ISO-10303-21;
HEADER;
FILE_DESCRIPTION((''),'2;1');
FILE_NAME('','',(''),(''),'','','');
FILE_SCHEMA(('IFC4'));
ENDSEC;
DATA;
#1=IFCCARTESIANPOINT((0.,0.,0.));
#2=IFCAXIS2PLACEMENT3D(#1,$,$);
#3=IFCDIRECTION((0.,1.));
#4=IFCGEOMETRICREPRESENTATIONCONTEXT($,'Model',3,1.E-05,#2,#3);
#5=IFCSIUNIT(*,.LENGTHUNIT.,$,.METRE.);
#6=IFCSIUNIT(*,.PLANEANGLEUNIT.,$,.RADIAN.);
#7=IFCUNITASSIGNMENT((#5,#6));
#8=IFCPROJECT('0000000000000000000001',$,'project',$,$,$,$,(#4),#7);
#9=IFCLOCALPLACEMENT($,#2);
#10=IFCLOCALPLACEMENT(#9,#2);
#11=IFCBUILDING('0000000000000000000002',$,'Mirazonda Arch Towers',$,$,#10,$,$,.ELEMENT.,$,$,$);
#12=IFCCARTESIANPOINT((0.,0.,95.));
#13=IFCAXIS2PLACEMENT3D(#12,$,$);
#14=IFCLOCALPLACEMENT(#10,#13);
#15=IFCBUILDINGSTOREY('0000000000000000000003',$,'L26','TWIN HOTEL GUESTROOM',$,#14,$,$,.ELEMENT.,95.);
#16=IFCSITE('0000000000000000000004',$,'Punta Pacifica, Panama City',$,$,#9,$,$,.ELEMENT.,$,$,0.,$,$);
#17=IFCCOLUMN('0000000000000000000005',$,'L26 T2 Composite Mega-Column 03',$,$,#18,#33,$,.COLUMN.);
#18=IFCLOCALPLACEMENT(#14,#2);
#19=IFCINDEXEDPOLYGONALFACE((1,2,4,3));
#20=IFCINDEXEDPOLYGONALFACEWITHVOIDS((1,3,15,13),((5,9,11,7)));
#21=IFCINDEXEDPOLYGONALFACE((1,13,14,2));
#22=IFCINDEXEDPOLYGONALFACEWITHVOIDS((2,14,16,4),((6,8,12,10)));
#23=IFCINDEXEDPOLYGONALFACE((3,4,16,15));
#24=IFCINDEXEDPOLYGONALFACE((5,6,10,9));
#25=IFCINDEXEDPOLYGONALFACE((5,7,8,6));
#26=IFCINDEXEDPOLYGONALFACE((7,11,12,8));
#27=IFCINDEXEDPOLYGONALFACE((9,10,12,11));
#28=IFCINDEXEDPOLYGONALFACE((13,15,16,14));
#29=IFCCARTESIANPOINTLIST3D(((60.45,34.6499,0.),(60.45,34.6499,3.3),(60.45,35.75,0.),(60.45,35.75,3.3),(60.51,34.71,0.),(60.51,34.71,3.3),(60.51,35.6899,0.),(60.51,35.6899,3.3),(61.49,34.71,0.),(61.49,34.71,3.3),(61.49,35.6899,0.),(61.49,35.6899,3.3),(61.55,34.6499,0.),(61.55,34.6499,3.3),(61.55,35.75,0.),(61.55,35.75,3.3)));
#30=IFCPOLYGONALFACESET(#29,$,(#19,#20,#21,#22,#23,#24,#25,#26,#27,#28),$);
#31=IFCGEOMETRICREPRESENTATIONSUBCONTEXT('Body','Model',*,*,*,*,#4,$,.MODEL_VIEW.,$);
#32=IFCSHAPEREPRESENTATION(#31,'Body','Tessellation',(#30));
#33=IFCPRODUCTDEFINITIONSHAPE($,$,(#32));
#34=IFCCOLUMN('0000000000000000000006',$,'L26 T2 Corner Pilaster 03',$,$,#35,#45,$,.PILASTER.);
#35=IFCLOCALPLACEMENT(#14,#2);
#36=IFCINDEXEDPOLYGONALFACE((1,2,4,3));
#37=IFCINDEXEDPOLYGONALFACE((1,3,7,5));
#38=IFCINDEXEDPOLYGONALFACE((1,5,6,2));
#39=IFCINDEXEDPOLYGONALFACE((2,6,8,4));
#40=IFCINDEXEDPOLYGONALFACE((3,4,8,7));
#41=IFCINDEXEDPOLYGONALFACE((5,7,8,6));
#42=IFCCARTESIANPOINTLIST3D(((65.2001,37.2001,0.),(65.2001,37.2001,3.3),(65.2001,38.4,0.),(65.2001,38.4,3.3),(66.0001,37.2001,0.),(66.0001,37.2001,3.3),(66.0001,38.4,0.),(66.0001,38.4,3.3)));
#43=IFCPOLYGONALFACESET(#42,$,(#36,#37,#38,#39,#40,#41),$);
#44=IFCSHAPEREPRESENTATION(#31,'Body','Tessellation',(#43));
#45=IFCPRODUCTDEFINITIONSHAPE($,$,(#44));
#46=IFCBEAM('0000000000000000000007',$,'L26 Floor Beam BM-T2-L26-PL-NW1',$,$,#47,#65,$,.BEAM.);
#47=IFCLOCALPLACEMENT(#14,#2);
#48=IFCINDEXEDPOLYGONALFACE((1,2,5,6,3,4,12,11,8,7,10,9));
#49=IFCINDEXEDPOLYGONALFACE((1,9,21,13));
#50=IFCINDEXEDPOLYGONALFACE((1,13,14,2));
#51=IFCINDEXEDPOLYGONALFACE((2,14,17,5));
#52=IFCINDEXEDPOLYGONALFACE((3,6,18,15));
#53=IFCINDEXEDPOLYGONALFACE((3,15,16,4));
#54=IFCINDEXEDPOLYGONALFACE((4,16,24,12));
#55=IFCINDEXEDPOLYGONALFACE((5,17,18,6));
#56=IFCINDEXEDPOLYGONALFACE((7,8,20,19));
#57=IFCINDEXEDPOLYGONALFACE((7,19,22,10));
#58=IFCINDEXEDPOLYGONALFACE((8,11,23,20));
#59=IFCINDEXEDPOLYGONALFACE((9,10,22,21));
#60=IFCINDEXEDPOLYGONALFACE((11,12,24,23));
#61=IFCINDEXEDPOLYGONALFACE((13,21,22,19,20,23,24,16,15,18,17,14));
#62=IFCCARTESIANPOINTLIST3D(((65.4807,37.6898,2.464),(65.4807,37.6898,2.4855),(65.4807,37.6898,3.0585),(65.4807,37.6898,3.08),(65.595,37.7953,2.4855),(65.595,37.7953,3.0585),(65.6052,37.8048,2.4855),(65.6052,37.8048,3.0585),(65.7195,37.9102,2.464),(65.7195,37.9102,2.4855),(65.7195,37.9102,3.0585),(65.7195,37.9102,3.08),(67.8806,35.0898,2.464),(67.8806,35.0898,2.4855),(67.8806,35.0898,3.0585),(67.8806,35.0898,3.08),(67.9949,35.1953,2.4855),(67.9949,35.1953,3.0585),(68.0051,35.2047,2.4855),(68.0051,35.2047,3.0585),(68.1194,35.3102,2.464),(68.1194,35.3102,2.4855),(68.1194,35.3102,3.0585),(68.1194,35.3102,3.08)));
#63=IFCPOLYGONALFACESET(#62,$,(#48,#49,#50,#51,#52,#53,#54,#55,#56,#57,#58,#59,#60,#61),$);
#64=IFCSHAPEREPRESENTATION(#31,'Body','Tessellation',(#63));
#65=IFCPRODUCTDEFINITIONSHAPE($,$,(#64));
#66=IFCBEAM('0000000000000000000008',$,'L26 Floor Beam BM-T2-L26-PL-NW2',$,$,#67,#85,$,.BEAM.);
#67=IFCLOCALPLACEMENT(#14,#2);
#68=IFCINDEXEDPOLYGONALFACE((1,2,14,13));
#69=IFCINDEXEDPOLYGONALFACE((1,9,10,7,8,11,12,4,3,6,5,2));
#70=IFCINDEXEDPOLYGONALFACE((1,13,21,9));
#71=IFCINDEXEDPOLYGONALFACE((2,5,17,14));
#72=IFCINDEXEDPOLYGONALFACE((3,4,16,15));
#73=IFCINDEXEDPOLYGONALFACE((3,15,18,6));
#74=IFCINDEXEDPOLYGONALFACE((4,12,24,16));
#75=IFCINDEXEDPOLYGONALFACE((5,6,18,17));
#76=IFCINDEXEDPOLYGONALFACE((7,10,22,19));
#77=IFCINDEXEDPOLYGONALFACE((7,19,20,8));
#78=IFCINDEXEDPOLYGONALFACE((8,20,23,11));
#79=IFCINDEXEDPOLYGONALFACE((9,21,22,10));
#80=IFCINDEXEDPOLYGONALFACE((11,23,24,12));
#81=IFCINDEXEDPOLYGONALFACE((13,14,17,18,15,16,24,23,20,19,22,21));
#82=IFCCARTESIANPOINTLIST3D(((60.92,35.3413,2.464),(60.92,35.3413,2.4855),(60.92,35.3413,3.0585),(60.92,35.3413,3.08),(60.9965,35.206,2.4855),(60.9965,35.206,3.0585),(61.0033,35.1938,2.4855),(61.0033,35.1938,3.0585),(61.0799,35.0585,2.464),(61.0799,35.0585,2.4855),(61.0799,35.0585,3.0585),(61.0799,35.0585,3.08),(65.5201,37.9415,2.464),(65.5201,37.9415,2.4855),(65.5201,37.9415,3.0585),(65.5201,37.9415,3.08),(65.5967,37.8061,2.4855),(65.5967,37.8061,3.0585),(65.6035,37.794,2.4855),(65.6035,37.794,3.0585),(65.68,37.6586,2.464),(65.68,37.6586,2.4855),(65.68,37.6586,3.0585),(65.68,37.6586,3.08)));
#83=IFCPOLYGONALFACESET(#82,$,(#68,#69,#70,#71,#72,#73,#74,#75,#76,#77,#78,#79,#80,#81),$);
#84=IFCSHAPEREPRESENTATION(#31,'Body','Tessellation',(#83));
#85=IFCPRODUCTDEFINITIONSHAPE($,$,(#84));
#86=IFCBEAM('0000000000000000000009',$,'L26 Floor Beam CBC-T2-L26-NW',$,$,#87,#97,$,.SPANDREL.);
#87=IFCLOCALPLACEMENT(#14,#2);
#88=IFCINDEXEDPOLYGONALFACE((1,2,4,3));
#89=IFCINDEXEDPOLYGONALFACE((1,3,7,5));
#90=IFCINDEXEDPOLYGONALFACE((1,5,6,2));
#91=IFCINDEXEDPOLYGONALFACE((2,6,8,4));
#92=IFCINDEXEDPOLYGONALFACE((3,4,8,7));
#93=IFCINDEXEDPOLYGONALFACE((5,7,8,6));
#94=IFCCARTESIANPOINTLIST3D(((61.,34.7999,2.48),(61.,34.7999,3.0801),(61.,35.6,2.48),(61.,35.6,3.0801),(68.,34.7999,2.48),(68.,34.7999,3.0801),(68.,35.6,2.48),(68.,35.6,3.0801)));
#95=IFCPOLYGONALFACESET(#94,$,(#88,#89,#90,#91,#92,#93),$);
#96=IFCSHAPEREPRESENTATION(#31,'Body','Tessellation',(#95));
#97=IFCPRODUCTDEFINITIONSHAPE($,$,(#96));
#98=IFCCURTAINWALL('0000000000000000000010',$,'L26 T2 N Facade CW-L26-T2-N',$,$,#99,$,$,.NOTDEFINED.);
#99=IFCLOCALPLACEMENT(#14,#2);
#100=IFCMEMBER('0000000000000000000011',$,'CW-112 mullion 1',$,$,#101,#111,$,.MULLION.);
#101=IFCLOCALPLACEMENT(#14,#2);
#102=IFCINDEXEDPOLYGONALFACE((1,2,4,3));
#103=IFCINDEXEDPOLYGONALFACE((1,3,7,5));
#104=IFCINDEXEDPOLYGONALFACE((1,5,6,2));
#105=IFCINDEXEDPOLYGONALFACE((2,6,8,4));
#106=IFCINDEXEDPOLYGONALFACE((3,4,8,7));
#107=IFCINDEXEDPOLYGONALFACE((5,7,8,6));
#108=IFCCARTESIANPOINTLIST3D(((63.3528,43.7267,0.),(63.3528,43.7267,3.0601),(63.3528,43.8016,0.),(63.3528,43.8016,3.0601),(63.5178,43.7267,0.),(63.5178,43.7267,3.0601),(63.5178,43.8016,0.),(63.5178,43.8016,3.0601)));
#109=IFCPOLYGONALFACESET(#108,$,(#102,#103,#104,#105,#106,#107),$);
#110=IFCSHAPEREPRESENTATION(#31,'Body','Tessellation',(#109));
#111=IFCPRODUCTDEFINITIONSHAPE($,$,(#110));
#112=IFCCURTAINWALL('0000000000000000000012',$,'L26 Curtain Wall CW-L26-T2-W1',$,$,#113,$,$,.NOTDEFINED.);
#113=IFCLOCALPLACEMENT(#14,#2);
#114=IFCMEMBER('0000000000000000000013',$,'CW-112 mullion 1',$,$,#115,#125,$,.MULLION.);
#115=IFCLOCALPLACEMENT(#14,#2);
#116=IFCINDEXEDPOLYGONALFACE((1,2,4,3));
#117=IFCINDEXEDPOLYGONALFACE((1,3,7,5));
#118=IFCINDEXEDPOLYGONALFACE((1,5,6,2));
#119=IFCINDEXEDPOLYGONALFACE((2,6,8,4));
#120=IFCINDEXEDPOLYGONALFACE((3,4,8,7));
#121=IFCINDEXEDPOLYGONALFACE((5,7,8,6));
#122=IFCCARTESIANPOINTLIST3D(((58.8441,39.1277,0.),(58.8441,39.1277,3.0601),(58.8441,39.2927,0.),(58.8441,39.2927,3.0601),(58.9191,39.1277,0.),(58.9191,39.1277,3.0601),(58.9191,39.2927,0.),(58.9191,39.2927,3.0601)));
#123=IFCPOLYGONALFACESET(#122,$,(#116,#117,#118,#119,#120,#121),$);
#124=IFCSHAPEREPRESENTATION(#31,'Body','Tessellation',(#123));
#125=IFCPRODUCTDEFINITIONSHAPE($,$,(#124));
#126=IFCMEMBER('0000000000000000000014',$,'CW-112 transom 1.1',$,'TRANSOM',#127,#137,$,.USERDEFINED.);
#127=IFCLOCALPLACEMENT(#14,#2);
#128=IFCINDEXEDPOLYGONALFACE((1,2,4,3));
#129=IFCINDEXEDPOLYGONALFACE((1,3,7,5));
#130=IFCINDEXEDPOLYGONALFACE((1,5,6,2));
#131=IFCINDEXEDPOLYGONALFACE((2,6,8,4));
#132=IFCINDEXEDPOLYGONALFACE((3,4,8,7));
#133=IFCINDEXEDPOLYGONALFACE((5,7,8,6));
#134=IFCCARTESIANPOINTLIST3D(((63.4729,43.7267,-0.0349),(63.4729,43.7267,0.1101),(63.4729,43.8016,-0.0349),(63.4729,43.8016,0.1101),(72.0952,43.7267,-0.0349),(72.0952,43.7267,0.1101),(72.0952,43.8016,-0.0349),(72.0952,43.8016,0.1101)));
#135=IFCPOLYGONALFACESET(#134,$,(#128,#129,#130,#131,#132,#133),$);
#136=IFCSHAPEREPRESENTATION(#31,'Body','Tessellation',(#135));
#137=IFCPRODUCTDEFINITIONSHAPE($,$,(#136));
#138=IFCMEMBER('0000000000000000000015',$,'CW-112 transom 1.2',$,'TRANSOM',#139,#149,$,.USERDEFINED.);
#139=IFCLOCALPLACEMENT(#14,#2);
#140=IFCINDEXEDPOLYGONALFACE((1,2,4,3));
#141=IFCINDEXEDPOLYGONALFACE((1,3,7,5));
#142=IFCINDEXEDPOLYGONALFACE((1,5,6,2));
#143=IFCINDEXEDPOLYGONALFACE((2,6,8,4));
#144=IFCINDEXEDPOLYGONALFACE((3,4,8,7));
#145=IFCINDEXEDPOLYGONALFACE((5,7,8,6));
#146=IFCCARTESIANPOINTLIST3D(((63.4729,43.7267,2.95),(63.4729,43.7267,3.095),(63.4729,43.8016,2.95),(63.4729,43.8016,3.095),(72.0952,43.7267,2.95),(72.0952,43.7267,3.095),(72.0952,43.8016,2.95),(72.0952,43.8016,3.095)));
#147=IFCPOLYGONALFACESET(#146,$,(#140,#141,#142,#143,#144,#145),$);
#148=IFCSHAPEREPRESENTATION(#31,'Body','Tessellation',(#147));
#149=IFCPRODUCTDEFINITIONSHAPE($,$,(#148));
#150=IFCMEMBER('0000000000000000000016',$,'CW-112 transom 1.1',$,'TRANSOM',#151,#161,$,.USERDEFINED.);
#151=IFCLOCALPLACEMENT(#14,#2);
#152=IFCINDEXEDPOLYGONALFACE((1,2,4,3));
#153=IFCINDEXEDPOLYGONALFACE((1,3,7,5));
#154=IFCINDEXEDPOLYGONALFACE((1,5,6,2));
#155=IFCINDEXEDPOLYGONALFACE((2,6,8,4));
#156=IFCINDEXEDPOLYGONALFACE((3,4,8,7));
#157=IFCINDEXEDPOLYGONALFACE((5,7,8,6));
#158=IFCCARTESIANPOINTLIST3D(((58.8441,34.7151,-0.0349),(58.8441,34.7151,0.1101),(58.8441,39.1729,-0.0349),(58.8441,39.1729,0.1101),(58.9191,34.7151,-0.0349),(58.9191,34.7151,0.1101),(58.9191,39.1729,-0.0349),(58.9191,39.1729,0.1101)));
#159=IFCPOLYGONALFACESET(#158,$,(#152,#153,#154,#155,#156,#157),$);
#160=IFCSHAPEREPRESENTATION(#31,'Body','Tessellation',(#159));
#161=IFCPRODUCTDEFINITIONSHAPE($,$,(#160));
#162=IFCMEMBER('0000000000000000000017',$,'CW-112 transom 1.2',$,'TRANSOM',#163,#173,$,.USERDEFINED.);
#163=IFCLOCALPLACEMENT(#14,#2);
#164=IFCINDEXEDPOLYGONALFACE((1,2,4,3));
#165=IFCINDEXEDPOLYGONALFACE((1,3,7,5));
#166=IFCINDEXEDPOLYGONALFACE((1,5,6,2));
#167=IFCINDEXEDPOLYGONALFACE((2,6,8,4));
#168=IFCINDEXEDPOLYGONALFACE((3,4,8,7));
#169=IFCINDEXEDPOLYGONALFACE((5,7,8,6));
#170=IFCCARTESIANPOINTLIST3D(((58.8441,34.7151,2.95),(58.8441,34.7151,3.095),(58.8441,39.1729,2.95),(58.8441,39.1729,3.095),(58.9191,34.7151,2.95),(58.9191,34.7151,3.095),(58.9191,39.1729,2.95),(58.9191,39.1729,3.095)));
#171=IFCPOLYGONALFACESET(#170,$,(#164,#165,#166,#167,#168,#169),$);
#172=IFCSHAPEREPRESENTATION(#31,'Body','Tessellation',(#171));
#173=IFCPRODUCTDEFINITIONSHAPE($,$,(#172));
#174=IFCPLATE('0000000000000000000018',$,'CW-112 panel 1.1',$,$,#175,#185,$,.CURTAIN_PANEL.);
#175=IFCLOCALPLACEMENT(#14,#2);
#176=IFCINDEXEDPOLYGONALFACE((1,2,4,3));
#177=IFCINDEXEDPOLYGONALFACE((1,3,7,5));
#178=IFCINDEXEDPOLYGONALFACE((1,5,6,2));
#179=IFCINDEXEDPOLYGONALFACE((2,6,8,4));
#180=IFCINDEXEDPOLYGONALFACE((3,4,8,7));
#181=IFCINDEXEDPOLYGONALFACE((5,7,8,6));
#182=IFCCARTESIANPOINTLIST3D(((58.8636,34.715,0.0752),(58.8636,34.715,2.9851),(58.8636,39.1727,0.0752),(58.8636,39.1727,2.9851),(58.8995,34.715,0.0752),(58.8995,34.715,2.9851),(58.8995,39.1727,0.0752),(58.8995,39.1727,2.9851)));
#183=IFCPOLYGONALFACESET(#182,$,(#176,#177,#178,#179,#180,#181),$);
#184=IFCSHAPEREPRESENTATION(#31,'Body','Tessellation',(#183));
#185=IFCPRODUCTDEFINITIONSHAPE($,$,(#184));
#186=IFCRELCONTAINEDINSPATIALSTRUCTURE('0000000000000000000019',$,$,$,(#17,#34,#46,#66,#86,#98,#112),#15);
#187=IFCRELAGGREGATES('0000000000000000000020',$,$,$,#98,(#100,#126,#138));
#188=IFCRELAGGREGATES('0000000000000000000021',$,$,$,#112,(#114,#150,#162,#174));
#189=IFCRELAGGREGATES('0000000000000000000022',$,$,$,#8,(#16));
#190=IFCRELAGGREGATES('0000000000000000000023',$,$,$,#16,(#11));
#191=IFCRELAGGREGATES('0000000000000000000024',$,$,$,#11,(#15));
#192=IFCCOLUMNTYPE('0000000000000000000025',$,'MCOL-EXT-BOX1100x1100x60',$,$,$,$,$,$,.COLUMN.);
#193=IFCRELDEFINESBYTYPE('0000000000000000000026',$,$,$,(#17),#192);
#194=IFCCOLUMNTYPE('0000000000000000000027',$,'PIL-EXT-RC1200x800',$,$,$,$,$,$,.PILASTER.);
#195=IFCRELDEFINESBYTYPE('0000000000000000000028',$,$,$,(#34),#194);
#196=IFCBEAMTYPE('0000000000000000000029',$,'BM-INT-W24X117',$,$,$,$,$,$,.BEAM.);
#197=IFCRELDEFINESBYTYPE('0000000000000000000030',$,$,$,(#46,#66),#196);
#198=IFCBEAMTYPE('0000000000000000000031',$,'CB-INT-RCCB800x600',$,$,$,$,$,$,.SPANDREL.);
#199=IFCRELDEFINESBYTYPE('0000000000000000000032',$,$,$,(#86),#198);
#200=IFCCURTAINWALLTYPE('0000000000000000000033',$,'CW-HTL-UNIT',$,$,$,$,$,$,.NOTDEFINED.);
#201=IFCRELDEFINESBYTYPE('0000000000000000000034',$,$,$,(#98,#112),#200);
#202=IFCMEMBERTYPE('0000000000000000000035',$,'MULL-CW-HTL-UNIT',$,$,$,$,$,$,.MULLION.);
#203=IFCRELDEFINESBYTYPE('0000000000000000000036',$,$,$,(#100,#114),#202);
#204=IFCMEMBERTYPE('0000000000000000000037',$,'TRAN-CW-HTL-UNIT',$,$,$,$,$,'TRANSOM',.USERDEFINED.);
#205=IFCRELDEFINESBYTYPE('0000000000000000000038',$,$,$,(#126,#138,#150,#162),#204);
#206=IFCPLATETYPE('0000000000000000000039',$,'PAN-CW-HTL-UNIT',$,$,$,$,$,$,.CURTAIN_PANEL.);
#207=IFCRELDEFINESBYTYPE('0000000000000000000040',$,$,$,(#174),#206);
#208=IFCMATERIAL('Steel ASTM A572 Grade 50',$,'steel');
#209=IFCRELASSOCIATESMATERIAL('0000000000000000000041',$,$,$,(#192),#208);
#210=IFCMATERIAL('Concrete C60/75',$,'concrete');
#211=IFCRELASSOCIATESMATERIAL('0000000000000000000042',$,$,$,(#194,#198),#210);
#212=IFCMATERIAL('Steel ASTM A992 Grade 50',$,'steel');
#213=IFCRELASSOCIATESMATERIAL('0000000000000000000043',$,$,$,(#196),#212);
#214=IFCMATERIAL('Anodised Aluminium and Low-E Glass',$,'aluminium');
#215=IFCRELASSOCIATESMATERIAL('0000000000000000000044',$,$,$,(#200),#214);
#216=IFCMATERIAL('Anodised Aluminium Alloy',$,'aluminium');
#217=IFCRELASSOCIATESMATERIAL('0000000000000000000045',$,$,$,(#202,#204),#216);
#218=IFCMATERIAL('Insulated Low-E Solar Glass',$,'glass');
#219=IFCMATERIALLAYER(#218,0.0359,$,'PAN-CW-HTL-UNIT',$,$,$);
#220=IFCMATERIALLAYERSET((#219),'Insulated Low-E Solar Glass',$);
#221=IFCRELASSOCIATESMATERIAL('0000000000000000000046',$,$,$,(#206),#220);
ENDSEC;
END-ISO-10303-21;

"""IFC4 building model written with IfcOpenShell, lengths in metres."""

from ifc_helpers import new_model, si_unit, direction, frame, origin, origin_2d, place, context, subcontext, project, spatial, rectangle, hollow_rectangle, i_section, extrude, material, layer, layer_set, material_profile, profile_set, type_object, element, aggregate, save


model = new_model("IFC4")

# Units and contexts
model_context = context("Model", 3, precision=1e-05, world=origin(), true_north=direction((0.0, 1.0)))
body_context = subcontext(model_context, "Body", "Model", "MODEL_VIEW")
ifc_project = project(units=[si_unit("LENGTHUNIT", "METRE"), si_unit("PLANEANGLEUNIT", "RADIAN")], contexts=[model_context])

# Site, building, storey
site_placement = place(None, origin())
site = spatial("IfcSite", under=ifc_project, at=site_placement, Name="Punta Pacifica, Panama City", CompositionType="ELEMENT", RefElevation=0.0)
building_placement = place(site_placement, origin())
building = spatial("IfcBuilding", under=site, at=building_placement, Name="Mirazonda Arch Towers", CompositionType="ELEMENT")
storey_placement = place(building_placement, frame((0.0, 0.0, 95.0)))
storey = spatial("IfcBuildingStorey", under=building, at=storey_placement, Name="L26", Description="TWIN HOTEL GUESTROOM", CompositionType="ELEMENT", Elevation=95.0)

# Columns
ifc_material_1 = material(Name="Steel ASTM A572 Grade 50", Category="steel")
ifc_material_profile_1 = material_profile(ifc_material_1, hollow_rectangle(XDim=1.1001, YDim=1.1001, WallThickness=0.0601, at=origin_2d()), Name="BOX1100x1100x60")
ifc_profile_set_1 = profile_set([ifc_material_profile_1], Name="Steel ASTM A572 Grade 50")
column_type_1 = type_object("IfcColumnType", Name="MCOL-EXT-BOX1100x1100x60", PredefinedType="COLUMN", material=ifc_profile_set_1)
column_1_placement = place(storey_placement, frame((61.0, 35.2, 0.0), z_axis=(0.0, 0.0, 1.0), x_axis=(1.0, 0.0, 0.0)))
element("IfcColumn", 1, at=column_1_placement, inside=storey, type_object=column_type_1, Name="L26 T2 Composite Mega-Column 03", PredefinedType="COLUMN", context=body_context, shape_type="SweptSolid", body=[
    extrude(hollow_rectangle(XDim=1.1001, YDim=1.1001, WallThickness=0.0601, at=origin_2d()), origin(), (0.0, 0.0, 1.0), 3.3),
])
ifc_material_2 = material(Name="Concrete C60/75", Category="concrete")
ifc_material_profile_2 = material_profile(ifc_material_2, rectangle(XDim=0.8, YDim=1.2, at=origin_2d()), Name="RC1200x800")
ifc_profile_set_2 = profile_set([ifc_material_profile_2], Name="Concrete C60/75")
column_type_2 = type_object("IfcColumnType", Name="PIL-EXT-RC1200x800", PredefinedType="PILASTER", material=ifc_profile_set_2)
column_2_placement = place(storey_placement, frame((65.6001, 37.8, 0.0), z_axis=(0.0, 0.0, 1.0), x_axis=(1.0, 0.0, 0.0)))
element("IfcColumn", 2, at=column_2_placement, inside=storey, type_object=column_type_2, Name="L26 T2 Corner Pilaster 03", PredefinedType="PILASTER", context=body_context, shape_type="SweptSolid", body=[
    extrude(rectangle(XDim=0.8, YDim=1.2, at=origin_2d()), origin(), (0.0, 0.0, 1.0), 3.3),
])

# Beams
ifc_material_3 = material(Name="Steel ASTM A992 Grade 50", Category="steel")
ifc_material_profile_3 = material_profile(ifc_material_3, i_section(OverallWidth=0.325, OverallDepth=0.616, WebThickness=0.0139, FlangeThickness=0.0215, at=origin_2d()), Name="W24X117")
ifc_profile_set_3 = profile_set([ifc_material_profile_3], Name="Steel ASTM A992 Grade 50")
beam_type_1 = type_object("IfcBeamType", Name="BM-INT-W24X117", PredefinedType="BEAM", material=ifc_profile_set_3)
beam_1_placement = place(storey_placement, frame((65.6001, 37.8, 2.772), z_axis=(0.678251, -0.73483, 0.0), x_axis=(0.73483, 0.678251, 0.0)))
element("IfcBeam", 3, at=beam_1_placement, inside=storey, type_object=beam_type_1, Name="L26 Floor Beam BM-T2-L26-PL-NW1", PredefinedType="BEAM", context=body_context, shape_type="SweptSolid", body=[
    extrude(i_section(OverallWidth=0.325, OverallDepth=0.616, WebThickness=0.0139, FlangeThickness=0.0215, at=origin_2d()), origin(), (0.0, 0.0, 1.0), 3.5383),
])
beam_2_placement = place(storey_placement, frame((65.6001, 37.8, 2.772), z_axis=(-0.870559, -0.492063, 0.0), x_axis=(0.492063, -0.870559, 0.0)))
element("IfcBeam", 4, at=beam_2_placement, inside=storey, type_object=beam_type_1, Name="L26 Floor Beam BM-T2-L26-PL-NW2", PredefinedType="BEAM", context=body_context, shape_type="SweptSolid", body=[
    extrude(i_section(OverallWidth=0.325, OverallDepth=0.616, WebThickness=0.0139, FlangeThickness=0.0215, at=origin_2d()), origin(), (0.0, 0.0, 1.0), 5.2842),
])
ifc_material_profile_4 = material_profile(ifc_material_2, rectangle(XDim=0.8, YDim=0.6001, at=origin_2d()), Name="RCCB800x600")
ifc_profile_set_4 = profile_set([ifc_material_profile_4], Name="Concrete C60/75")
beam_type_2 = type_object("IfcBeamType", Name="CB-INT-RCCB800x600", PredefinedType="SPANDREL", material=ifc_profile_set_4)
beam_3_placement = place(storey_placement, frame((61.0, 35.2, 2.78), z_axis=(1.0, 0.0, 0.0), x_axis=(0.0, 1.0, 0.0)))
element("IfcBeam", 5, at=beam_3_placement, inside=storey, type_object=beam_type_2, Name="L26 Floor Beam CBC-T2-L26-NW", PredefinedType="SPANDREL", context=body_context, shape_type="SweptSolid", body=[
    extrude(rectangle(XDim=0.8, YDim=0.6001, at=origin_2d()), origin(), (0.0, 0.0, 1.0), 7.0),
])

# Curtain walls, members
ifc_material_4 = material(Name="Anodised Aluminium and Low-E Glass", Category="aluminium")
curtain_wall_type = type_object("IfcCurtainWallType", Name="CW-HTL-UNIT", PredefinedType="NOTDEFINED", material=ifc_material_4)
curtain_wall_1_placement = place(storey_placement, origin())
curtain_wall_1 = element("IfcCurtainWall", 6, at=curtain_wall_1_placement, inside=storey, type_object=curtain_wall_type, Name="L26 T2 N Facade CW-L26-T2-N", PredefinedType="NOTDEFINED")
ifc_material_5 = material(Name="Anodised Aluminium Alloy", Category="aluminium")
ifc_material_profile_5 = material_profile(ifc_material_5, rectangle(XDim=0.075, YDim=0.165, at=origin_2d()), Name="ALU-MULL-75x165")
ifc_profile_set_5 = profile_set([ifc_material_profile_5], Name="Anodised Aluminium Alloy")
member_type_1 = type_object("IfcMemberType", Name="MULL-CW-HTL-UNIT", PredefinedType="MULLION", material=ifc_profile_set_5)
member_1_placement = place(storey_placement, frame((63.4353, 43.7642, 0.0), z_axis=(0.0, 0.0, 1.0), x_axis=(0.0, 1.0, 0.0)))
member_1 = element("IfcMember", 7, at=member_1_placement, type_object=member_type_1, Name="CW-112 mullion 1", PredefinedType="MULLION", context=body_context, shape_type="SweptSolid", body=[
    extrude(rectangle(XDim=0.075, YDim=0.165, at=origin_2d()), origin(), (0.0, 0.0, 1.0), 3.0601),
])
curtain_wall_2_placement = place(storey_placement, origin())
curtain_wall_2 = element("IfcCurtainWall", 8, at=curtain_wall_2_placement, inside=storey, type_object=curtain_wall_type, Name="L26 Curtain Wall CW-L26-T2-W1", PredefinedType="NOTDEFINED")
member_2_placement = place(storey_placement, frame((58.8816, 39.2102, 0.0), z_axis=(0.0, 0.0, 1.0), x_axis=(1.0, 0.0, 0.0)))
member_2 = element("IfcMember", 9, at=member_2_placement, type_object=member_type_1, Name="CW-112 mullion 1", PredefinedType="MULLION", context=body_context, shape_type="SweptSolid", body=[
    extrude(rectangle(XDim=0.075, YDim=0.165, at=origin_2d()), origin(), (0.0, 0.0, 1.0), 3.0601),
])

# Members
ifc_material_profile_6 = material_profile(ifc_material_5, rectangle(XDim=0.075, YDim=0.145, at=origin_2d()), Name="ALU-TRAN-75x145")
ifc_profile_set_6 = profile_set([ifc_material_profile_6], Name="Anodised Aluminium Alloy")
member_type_2 = type_object("IfcMemberType", Name="TRAN-CW-HTL-UNIT", ElementType="TRANSOM", PredefinedType="USERDEFINED", material=ifc_profile_set_6)
member_3_placement = place(storey_placement, frame((63.4729, 43.7642, 0.0376), z_axis=(1.0, 0.0, 0.0), x_axis=(0.0, 1.0, 0.0)))
member_3 = element("IfcMember", 10, at=member_3_placement, type_object=member_type_2, Name="CW-112 transom 1.1", ObjectType="TRANSOM", PredefinedType="USERDEFINED", context=body_context, shape_type="SweptSolid", body=[
    extrude(rectangle(XDim=0.075, YDim=0.145, at=origin_2d()), origin(), (0.0, 0.0, 1.0), 8.6223),
])
member_4_placement = place(storey_placement, frame((63.4729, 43.7642, 3.0225), z_axis=(1.0, 0.0, 0.0), x_axis=(0.0, 1.0, 0.0)))
member_4 = element("IfcMember", 11, at=member_4_placement, type_object=member_type_2, Name="CW-112 transom 1.2", ObjectType="TRANSOM", PredefinedType="USERDEFINED", context=body_context, shape_type="SweptSolid", body=[
    extrude(rectangle(XDim=0.075, YDim=0.145, at=origin_2d()), origin(), (0.0, 0.0, 1.0), 8.6223),
])
aggregate(curtain_wall_1, [member_1, member_3, member_4])
member_5_placement = place(storey_placement, frame((58.8816, 39.1729, 0.0376), z_axis=(0.0, -1.0, 0.0), x_axis=(1.0, 0.0, 0.0)))
member_5 = element("IfcMember", 12, at=member_5_placement, type_object=member_type_2, Name="CW-112 transom 1.1", ObjectType="TRANSOM", PredefinedType="USERDEFINED", context=body_context, shape_type="SweptSolid", body=[
    extrude(rectangle(XDim=0.075, YDim=0.145, at=origin_2d()), origin(), (0.0, 0.0, 1.0), 4.4578),
])
member_6_placement = place(storey_placement, frame((58.8816, 39.1729, 3.0225), z_axis=(0.0, -1.0, 0.0), x_axis=(1.0, 0.0, 0.0)))
member_6 = element("IfcMember", 13, at=member_6_placement, type_object=member_type_2, Name="CW-112 transom 1.2", ObjectType="TRANSOM", PredefinedType="USERDEFINED", context=body_context, shape_type="SweptSolid", body=[
    extrude(rectangle(XDim=0.075, YDim=0.145, at=origin_2d()), origin(), (0.0, 0.0, 1.0), 4.4578),
])

# Plate
ifc_material_6 = material(Name="Insulated Low-E Solar Glass", Category="glass")
ifc_layer_1 = layer(ifc_material_6, 0.0359, Name="PAN-CW-HTL-UNIT")
ifc_layer_set_1 = layer_set([ifc_layer_1], Name="Insulated Low-E Solar Glass")
plate_type = type_object("IfcPlateType", Name="PAN-CW-HTL-UNIT", PredefinedType="CURTAIN_PANEL", material=ifc_layer_set_1)
plate_placement = place(storey_placement, frame((58.8816, 36.9438, 0.0752), z_axis=(0.0, 0.0, 1.0), x_axis=(0.0, -1.0, 0.0)))
plate = element("IfcPlate", 14, at=plate_placement, type_object=plate_type, Name="CW-112 panel 1.1", PredefinedType="CURTAIN_PANEL", context=body_context, shape_type="SweptSolid", body=[
    extrude(rectangle(XDim=4.4578, YDim=0.0359, at=origin_2d()), origin(), (0.0, 0.0, 1.0), 2.9099),
])
aggregate(curtain_wall_2, [member_2, member_5, member_6, plate])

save(model, "model.ifc")
